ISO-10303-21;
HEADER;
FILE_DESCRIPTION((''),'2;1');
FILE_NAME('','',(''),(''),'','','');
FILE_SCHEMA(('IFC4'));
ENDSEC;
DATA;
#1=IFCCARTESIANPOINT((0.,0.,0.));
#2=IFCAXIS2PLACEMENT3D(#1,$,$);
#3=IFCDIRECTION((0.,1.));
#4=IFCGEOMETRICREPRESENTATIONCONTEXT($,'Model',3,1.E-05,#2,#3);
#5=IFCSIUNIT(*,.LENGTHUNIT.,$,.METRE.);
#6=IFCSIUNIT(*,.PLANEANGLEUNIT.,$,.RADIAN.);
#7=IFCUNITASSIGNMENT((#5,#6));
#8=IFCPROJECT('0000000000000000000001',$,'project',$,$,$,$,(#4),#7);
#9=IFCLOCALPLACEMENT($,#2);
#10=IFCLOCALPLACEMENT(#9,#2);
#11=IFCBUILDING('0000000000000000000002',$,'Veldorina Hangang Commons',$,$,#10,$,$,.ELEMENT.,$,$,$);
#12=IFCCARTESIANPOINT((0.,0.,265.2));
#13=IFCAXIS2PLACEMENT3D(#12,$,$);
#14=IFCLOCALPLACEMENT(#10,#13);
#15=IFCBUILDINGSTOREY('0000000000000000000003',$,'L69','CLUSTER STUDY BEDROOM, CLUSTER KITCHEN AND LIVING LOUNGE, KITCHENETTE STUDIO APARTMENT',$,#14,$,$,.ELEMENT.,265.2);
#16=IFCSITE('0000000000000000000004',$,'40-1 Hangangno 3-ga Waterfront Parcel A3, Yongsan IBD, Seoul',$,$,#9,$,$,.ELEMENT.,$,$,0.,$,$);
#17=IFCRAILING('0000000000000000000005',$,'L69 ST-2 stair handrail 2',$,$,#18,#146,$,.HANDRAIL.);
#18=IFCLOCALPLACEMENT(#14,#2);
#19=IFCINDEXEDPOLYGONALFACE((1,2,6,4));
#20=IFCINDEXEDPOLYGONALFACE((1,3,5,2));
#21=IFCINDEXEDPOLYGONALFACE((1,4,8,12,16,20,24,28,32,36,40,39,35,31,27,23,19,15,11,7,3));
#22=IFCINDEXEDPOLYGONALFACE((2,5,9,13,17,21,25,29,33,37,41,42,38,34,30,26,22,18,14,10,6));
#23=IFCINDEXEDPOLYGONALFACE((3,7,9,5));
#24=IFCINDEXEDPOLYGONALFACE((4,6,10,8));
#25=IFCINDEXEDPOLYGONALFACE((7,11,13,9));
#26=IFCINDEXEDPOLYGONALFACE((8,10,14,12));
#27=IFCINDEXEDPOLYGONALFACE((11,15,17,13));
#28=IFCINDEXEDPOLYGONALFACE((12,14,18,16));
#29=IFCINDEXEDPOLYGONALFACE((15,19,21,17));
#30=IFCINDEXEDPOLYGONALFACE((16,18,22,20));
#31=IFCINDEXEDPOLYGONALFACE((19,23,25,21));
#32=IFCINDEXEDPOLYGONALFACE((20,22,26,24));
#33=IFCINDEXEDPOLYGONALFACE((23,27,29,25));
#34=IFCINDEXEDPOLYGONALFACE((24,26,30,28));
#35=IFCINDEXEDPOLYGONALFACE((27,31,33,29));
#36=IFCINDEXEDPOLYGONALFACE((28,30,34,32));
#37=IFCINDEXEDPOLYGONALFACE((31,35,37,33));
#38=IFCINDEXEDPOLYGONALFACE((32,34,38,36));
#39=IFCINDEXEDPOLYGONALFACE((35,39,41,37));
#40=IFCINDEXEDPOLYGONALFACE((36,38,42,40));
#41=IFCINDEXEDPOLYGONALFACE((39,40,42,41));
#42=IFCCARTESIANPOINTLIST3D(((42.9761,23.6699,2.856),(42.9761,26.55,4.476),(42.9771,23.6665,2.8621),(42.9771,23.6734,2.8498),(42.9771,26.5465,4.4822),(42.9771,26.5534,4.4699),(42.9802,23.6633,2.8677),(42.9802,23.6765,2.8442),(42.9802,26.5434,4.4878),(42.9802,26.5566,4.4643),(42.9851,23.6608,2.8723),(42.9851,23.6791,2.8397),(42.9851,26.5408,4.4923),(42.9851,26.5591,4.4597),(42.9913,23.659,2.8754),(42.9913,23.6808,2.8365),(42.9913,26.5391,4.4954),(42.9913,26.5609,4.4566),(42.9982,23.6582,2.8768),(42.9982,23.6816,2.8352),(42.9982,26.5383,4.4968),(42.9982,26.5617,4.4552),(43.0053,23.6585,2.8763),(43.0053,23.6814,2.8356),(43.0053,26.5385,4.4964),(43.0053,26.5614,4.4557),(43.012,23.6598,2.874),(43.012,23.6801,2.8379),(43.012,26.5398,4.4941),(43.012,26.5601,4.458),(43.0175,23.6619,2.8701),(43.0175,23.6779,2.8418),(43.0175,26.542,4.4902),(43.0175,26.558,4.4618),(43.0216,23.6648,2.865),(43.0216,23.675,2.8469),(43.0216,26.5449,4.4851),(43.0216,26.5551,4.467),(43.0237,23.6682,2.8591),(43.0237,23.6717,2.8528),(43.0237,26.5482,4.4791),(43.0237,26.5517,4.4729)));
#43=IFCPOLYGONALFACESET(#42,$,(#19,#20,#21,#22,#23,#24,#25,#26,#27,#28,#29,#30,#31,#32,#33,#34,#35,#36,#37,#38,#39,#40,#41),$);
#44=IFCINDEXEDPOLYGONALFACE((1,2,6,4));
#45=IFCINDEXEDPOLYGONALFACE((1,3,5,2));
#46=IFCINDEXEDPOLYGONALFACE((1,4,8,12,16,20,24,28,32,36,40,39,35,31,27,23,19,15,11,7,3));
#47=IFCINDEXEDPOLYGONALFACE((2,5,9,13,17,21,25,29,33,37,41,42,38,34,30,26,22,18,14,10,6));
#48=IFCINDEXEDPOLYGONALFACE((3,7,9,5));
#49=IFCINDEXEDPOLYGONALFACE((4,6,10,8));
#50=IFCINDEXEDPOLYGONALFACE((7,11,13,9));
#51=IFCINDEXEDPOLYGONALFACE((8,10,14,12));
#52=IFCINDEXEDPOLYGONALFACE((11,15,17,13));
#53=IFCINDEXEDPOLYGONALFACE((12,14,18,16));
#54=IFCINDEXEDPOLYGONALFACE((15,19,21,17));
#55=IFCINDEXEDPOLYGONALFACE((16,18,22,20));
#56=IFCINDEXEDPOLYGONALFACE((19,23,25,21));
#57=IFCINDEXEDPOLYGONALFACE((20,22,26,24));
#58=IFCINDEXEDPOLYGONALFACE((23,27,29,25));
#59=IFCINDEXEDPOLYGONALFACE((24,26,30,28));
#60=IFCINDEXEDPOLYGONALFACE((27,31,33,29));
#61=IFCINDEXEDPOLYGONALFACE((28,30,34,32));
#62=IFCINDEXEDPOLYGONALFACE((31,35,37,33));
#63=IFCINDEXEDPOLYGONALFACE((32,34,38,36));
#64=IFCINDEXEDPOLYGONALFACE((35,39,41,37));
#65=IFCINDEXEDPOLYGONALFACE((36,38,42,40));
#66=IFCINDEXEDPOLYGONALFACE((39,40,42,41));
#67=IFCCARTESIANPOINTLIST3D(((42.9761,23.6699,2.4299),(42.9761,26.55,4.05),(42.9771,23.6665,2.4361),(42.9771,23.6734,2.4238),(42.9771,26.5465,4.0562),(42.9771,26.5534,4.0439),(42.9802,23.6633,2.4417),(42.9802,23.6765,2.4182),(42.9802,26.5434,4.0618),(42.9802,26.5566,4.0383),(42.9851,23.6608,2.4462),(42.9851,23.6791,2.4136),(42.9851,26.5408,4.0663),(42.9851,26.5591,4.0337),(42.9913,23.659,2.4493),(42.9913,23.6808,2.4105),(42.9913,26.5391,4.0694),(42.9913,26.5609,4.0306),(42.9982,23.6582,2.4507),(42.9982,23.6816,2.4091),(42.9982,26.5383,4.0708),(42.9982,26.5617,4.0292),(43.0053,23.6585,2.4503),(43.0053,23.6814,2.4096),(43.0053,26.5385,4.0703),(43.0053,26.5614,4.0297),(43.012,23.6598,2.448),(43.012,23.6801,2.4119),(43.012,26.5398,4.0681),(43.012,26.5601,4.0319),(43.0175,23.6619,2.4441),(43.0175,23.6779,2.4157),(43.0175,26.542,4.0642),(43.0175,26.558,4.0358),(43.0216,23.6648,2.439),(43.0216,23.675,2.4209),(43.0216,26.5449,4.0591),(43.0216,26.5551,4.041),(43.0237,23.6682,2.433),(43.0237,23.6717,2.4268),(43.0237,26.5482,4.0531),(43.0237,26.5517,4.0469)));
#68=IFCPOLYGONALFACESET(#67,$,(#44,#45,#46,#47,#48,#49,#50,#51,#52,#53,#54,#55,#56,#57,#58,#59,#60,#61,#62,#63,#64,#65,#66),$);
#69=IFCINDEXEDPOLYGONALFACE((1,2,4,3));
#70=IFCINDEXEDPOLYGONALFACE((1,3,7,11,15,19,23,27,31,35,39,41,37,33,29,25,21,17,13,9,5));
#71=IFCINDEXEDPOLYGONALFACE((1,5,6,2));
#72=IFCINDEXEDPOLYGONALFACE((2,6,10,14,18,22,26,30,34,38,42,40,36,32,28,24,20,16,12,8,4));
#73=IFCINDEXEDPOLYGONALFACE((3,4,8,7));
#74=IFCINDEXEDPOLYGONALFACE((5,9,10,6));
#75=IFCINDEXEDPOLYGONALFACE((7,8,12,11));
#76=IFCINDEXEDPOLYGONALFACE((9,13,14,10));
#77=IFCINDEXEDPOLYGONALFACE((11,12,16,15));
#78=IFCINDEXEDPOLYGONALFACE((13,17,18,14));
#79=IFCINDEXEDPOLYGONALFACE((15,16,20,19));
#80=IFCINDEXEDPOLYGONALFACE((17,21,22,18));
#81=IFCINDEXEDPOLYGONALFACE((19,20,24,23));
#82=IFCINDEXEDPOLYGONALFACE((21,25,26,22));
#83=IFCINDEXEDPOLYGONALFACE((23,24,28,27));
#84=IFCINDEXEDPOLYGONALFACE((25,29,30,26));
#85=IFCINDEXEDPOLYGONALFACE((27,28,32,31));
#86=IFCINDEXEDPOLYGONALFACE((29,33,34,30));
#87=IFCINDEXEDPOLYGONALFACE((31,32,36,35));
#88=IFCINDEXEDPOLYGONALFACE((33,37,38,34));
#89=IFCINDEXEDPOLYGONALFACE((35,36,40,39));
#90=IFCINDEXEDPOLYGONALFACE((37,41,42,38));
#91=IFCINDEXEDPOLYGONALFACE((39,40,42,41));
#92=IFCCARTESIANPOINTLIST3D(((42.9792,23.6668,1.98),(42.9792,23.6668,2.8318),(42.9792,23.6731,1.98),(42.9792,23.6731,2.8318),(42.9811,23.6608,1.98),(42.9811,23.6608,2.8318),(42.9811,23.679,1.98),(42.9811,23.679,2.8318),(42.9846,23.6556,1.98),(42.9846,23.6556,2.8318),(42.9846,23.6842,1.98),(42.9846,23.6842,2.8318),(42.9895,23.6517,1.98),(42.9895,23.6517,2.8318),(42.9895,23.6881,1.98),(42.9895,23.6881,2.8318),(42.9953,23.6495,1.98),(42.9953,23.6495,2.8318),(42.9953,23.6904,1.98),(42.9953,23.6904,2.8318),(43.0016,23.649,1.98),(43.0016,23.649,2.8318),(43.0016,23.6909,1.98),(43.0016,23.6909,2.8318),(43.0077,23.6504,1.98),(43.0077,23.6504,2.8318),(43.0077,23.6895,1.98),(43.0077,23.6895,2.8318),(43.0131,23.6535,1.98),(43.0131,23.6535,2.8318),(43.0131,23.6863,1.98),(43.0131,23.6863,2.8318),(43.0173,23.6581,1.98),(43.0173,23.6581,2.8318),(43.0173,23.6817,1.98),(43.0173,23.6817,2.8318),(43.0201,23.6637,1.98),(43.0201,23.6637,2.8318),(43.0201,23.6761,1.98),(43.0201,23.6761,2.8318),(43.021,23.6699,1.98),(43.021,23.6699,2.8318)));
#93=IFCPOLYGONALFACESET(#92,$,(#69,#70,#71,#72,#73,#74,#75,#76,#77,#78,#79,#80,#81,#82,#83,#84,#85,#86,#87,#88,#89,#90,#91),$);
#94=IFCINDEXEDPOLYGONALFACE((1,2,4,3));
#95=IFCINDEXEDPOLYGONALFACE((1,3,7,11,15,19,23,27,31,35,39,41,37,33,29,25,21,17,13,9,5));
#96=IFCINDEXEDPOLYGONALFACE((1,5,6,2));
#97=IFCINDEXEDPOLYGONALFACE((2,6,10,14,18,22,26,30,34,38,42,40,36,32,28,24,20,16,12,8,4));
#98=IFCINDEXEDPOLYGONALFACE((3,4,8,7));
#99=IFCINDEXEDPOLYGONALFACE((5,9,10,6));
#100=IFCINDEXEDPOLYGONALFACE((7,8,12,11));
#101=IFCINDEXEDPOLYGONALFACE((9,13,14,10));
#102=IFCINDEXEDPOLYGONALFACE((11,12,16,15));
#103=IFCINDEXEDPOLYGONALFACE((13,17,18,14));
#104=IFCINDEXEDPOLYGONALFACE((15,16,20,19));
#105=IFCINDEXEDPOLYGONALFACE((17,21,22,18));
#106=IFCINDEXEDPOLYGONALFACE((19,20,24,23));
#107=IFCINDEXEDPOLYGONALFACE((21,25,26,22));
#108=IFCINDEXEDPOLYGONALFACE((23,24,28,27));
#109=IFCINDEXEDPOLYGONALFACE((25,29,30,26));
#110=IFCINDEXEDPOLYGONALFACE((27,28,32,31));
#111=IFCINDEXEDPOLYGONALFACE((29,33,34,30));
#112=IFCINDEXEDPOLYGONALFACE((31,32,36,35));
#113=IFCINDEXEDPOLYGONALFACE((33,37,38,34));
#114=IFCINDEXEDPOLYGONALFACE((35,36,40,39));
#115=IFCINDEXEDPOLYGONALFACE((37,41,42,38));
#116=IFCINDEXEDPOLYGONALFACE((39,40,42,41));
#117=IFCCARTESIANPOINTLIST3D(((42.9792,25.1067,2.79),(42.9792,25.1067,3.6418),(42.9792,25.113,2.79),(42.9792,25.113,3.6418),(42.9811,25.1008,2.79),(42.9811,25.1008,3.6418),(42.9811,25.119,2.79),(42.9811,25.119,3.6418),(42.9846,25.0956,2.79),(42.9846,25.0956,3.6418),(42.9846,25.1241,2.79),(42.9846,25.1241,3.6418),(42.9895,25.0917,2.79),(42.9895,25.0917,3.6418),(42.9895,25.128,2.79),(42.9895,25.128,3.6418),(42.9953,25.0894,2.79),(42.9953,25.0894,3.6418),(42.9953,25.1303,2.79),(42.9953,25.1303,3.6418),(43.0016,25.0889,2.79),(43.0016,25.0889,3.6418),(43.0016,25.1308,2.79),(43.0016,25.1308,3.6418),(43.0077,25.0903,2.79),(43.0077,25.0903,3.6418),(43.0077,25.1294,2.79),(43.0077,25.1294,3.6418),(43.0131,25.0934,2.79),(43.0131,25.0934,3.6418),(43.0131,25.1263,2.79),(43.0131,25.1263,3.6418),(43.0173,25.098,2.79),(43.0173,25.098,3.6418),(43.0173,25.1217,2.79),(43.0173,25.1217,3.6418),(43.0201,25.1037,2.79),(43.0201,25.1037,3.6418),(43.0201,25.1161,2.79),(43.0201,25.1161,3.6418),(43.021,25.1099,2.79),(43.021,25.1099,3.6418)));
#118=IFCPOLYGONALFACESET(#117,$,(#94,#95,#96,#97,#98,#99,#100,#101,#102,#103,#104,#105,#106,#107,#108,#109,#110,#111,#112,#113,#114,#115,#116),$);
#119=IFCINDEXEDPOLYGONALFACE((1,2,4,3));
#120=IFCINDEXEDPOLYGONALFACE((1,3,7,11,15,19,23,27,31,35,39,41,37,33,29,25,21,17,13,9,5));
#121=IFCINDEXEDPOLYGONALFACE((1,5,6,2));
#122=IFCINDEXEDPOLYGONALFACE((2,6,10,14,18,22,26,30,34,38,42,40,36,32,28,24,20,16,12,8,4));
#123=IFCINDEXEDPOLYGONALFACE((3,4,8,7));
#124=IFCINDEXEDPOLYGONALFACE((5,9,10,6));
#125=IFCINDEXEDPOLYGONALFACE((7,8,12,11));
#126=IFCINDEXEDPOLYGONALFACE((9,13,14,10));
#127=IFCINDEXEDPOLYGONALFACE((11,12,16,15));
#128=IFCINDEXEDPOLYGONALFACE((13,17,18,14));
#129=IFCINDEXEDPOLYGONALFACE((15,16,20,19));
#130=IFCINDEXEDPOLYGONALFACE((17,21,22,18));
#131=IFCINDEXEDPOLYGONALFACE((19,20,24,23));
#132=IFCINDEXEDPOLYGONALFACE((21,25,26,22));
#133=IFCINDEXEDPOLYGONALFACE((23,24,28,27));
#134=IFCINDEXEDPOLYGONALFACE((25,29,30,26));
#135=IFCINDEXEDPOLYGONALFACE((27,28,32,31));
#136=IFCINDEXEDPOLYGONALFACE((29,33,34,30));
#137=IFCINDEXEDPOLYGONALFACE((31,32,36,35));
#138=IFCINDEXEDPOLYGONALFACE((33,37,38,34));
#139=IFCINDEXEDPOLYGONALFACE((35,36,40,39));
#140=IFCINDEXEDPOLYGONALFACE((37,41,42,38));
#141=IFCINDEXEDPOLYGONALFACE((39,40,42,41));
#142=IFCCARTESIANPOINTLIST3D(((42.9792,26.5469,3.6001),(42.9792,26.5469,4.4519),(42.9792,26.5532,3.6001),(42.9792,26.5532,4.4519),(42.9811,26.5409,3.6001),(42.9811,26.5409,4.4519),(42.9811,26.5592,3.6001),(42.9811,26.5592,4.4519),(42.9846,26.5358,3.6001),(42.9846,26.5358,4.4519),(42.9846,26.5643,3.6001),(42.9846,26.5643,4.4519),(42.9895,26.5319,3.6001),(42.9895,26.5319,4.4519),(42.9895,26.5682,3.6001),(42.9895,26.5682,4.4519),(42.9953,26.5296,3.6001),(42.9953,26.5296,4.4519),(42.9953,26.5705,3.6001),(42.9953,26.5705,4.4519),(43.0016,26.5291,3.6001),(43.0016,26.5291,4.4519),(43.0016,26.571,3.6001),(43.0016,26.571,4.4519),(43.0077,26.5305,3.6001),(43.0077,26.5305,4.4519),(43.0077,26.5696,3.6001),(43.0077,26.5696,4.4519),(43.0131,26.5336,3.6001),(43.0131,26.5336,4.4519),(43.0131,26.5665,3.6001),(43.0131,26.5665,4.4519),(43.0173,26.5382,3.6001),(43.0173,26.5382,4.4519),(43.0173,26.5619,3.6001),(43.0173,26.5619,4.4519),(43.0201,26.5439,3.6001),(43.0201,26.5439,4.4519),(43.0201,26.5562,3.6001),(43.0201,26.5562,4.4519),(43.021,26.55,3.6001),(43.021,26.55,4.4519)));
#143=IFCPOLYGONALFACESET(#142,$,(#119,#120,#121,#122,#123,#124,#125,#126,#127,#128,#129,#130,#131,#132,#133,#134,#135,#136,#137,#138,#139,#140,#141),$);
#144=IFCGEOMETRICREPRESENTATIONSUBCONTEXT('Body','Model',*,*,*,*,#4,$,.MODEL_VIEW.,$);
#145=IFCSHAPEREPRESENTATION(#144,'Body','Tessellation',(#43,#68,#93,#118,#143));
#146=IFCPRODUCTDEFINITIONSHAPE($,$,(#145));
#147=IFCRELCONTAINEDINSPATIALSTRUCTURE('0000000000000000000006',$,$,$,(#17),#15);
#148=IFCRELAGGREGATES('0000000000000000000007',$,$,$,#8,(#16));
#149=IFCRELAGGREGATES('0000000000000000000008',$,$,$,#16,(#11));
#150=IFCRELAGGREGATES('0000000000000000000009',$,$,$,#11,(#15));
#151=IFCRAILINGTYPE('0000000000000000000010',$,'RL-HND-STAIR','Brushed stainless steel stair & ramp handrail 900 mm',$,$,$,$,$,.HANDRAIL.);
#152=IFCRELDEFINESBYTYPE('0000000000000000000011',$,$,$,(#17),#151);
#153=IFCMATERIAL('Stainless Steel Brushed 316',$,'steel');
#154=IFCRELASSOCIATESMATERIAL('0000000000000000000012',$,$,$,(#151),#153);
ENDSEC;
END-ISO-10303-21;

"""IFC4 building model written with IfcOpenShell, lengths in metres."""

from ifc_helpers import new_model, si_unit, direction, frame, origin, origin_2d, place, context, subcontext, project, spatial, circle, extrude, material, type_object, element, save


model = new_model("IFC4")

# Units and contexts
model_context = context("Model", 3, precision=1e-05, world=origin(), true_north=direction((0.0, 1.0)))
body_context = subcontext(model_context, "Body", "Model", "MODEL_VIEW")
ifc_project = project(units=[si_unit("LENGTHUNIT", "METRE"), si_unit("PLANEANGLEUNIT", "RADIAN")], contexts=[model_context])

# Site, building, storey
site_placement = place(None, origin())
site = spatial("IfcSite", under=ifc_project, at=site_placement, Name="40-1 Hangangno 3-ga Waterfront Parcel A3, Yongsan IBD, Seoul", CompositionType="ELEMENT", RefElevation=0.0)
building_placement = place(site_placement, origin())
building = spatial("IfcBuilding", under=site, at=building_placement, Name="Veldorina Hangang Commons", CompositionType="ELEMENT")
storey_placement = place(building_placement, frame((0.0, 0.0, 265.2)))
storey = spatial("IfcBuildingStorey", under=building, at=storey_placement, Name="L69", Description="CLUSTER STUDY BEDROOM, CLUSTER KITCHEN AND LIVING LOUNGE, KITCHENETTE STUDIO APARTMENT", CompositionType="ELEMENT", Elevation=265.2)

# Railing
ifc_material_1 = material(Name="Stainless Steel Brushed 316", Category="steel")
railing_type_1 = type_object("IfcRailingType", Name="RL-HND-STAIR", Description="Brushed stainless steel stair & ramp handrail 900 mm", PredefinedType="HANDRAIL", material=ifc_material_1)
railing_1_placement = place(storey_placement, frame((43.0, 23.6699, 1.98)))
element("IfcRailing", 1, at=railing_1_placement, inside=storey, type_object=railing_type_1, Name="L69 ST-2 stair handrail 2", PredefinedType="HANDRAIL", context=body_context, shape_type="SweptSolid", body=[
    extrude(circle(Radius=0.0239, at=origin_2d()), frame((0.0, 0.0, 0.876), z_axis=(0.0, 0.87157, 0.490272), x_axis=(-1.0, 0.0, 0.0)), (0.0, 0.0, 1.0), 3.3044),
    extrude(circle(Radius=0.0239, at=origin_2d()), frame((0.0, 0.0, 0.45), z_axis=(0.0, 0.87157, 0.490272), x_axis=(-1.0, 0.0, 0.0)), (0.0, 0.0, 1.0), 3.3044),
    extrude(circle(Radius=0.021, at=origin_2d()), origin(), (0.0, 0.0, 1.0), 0.8518),
    extrude(circle(Radius=0.021, at=origin_2d()), frame((0.0, 1.4399, 0.8101)), (0.0, 0.0, 1.0), 0.8518),
    extrude(circle(Radius=0.021, at=origin_2d()), frame((0.0, 2.8801, 1.6201)), (0.0, 0.0, 1.0), 0.8518),
])

save(model, "model.ifc")
